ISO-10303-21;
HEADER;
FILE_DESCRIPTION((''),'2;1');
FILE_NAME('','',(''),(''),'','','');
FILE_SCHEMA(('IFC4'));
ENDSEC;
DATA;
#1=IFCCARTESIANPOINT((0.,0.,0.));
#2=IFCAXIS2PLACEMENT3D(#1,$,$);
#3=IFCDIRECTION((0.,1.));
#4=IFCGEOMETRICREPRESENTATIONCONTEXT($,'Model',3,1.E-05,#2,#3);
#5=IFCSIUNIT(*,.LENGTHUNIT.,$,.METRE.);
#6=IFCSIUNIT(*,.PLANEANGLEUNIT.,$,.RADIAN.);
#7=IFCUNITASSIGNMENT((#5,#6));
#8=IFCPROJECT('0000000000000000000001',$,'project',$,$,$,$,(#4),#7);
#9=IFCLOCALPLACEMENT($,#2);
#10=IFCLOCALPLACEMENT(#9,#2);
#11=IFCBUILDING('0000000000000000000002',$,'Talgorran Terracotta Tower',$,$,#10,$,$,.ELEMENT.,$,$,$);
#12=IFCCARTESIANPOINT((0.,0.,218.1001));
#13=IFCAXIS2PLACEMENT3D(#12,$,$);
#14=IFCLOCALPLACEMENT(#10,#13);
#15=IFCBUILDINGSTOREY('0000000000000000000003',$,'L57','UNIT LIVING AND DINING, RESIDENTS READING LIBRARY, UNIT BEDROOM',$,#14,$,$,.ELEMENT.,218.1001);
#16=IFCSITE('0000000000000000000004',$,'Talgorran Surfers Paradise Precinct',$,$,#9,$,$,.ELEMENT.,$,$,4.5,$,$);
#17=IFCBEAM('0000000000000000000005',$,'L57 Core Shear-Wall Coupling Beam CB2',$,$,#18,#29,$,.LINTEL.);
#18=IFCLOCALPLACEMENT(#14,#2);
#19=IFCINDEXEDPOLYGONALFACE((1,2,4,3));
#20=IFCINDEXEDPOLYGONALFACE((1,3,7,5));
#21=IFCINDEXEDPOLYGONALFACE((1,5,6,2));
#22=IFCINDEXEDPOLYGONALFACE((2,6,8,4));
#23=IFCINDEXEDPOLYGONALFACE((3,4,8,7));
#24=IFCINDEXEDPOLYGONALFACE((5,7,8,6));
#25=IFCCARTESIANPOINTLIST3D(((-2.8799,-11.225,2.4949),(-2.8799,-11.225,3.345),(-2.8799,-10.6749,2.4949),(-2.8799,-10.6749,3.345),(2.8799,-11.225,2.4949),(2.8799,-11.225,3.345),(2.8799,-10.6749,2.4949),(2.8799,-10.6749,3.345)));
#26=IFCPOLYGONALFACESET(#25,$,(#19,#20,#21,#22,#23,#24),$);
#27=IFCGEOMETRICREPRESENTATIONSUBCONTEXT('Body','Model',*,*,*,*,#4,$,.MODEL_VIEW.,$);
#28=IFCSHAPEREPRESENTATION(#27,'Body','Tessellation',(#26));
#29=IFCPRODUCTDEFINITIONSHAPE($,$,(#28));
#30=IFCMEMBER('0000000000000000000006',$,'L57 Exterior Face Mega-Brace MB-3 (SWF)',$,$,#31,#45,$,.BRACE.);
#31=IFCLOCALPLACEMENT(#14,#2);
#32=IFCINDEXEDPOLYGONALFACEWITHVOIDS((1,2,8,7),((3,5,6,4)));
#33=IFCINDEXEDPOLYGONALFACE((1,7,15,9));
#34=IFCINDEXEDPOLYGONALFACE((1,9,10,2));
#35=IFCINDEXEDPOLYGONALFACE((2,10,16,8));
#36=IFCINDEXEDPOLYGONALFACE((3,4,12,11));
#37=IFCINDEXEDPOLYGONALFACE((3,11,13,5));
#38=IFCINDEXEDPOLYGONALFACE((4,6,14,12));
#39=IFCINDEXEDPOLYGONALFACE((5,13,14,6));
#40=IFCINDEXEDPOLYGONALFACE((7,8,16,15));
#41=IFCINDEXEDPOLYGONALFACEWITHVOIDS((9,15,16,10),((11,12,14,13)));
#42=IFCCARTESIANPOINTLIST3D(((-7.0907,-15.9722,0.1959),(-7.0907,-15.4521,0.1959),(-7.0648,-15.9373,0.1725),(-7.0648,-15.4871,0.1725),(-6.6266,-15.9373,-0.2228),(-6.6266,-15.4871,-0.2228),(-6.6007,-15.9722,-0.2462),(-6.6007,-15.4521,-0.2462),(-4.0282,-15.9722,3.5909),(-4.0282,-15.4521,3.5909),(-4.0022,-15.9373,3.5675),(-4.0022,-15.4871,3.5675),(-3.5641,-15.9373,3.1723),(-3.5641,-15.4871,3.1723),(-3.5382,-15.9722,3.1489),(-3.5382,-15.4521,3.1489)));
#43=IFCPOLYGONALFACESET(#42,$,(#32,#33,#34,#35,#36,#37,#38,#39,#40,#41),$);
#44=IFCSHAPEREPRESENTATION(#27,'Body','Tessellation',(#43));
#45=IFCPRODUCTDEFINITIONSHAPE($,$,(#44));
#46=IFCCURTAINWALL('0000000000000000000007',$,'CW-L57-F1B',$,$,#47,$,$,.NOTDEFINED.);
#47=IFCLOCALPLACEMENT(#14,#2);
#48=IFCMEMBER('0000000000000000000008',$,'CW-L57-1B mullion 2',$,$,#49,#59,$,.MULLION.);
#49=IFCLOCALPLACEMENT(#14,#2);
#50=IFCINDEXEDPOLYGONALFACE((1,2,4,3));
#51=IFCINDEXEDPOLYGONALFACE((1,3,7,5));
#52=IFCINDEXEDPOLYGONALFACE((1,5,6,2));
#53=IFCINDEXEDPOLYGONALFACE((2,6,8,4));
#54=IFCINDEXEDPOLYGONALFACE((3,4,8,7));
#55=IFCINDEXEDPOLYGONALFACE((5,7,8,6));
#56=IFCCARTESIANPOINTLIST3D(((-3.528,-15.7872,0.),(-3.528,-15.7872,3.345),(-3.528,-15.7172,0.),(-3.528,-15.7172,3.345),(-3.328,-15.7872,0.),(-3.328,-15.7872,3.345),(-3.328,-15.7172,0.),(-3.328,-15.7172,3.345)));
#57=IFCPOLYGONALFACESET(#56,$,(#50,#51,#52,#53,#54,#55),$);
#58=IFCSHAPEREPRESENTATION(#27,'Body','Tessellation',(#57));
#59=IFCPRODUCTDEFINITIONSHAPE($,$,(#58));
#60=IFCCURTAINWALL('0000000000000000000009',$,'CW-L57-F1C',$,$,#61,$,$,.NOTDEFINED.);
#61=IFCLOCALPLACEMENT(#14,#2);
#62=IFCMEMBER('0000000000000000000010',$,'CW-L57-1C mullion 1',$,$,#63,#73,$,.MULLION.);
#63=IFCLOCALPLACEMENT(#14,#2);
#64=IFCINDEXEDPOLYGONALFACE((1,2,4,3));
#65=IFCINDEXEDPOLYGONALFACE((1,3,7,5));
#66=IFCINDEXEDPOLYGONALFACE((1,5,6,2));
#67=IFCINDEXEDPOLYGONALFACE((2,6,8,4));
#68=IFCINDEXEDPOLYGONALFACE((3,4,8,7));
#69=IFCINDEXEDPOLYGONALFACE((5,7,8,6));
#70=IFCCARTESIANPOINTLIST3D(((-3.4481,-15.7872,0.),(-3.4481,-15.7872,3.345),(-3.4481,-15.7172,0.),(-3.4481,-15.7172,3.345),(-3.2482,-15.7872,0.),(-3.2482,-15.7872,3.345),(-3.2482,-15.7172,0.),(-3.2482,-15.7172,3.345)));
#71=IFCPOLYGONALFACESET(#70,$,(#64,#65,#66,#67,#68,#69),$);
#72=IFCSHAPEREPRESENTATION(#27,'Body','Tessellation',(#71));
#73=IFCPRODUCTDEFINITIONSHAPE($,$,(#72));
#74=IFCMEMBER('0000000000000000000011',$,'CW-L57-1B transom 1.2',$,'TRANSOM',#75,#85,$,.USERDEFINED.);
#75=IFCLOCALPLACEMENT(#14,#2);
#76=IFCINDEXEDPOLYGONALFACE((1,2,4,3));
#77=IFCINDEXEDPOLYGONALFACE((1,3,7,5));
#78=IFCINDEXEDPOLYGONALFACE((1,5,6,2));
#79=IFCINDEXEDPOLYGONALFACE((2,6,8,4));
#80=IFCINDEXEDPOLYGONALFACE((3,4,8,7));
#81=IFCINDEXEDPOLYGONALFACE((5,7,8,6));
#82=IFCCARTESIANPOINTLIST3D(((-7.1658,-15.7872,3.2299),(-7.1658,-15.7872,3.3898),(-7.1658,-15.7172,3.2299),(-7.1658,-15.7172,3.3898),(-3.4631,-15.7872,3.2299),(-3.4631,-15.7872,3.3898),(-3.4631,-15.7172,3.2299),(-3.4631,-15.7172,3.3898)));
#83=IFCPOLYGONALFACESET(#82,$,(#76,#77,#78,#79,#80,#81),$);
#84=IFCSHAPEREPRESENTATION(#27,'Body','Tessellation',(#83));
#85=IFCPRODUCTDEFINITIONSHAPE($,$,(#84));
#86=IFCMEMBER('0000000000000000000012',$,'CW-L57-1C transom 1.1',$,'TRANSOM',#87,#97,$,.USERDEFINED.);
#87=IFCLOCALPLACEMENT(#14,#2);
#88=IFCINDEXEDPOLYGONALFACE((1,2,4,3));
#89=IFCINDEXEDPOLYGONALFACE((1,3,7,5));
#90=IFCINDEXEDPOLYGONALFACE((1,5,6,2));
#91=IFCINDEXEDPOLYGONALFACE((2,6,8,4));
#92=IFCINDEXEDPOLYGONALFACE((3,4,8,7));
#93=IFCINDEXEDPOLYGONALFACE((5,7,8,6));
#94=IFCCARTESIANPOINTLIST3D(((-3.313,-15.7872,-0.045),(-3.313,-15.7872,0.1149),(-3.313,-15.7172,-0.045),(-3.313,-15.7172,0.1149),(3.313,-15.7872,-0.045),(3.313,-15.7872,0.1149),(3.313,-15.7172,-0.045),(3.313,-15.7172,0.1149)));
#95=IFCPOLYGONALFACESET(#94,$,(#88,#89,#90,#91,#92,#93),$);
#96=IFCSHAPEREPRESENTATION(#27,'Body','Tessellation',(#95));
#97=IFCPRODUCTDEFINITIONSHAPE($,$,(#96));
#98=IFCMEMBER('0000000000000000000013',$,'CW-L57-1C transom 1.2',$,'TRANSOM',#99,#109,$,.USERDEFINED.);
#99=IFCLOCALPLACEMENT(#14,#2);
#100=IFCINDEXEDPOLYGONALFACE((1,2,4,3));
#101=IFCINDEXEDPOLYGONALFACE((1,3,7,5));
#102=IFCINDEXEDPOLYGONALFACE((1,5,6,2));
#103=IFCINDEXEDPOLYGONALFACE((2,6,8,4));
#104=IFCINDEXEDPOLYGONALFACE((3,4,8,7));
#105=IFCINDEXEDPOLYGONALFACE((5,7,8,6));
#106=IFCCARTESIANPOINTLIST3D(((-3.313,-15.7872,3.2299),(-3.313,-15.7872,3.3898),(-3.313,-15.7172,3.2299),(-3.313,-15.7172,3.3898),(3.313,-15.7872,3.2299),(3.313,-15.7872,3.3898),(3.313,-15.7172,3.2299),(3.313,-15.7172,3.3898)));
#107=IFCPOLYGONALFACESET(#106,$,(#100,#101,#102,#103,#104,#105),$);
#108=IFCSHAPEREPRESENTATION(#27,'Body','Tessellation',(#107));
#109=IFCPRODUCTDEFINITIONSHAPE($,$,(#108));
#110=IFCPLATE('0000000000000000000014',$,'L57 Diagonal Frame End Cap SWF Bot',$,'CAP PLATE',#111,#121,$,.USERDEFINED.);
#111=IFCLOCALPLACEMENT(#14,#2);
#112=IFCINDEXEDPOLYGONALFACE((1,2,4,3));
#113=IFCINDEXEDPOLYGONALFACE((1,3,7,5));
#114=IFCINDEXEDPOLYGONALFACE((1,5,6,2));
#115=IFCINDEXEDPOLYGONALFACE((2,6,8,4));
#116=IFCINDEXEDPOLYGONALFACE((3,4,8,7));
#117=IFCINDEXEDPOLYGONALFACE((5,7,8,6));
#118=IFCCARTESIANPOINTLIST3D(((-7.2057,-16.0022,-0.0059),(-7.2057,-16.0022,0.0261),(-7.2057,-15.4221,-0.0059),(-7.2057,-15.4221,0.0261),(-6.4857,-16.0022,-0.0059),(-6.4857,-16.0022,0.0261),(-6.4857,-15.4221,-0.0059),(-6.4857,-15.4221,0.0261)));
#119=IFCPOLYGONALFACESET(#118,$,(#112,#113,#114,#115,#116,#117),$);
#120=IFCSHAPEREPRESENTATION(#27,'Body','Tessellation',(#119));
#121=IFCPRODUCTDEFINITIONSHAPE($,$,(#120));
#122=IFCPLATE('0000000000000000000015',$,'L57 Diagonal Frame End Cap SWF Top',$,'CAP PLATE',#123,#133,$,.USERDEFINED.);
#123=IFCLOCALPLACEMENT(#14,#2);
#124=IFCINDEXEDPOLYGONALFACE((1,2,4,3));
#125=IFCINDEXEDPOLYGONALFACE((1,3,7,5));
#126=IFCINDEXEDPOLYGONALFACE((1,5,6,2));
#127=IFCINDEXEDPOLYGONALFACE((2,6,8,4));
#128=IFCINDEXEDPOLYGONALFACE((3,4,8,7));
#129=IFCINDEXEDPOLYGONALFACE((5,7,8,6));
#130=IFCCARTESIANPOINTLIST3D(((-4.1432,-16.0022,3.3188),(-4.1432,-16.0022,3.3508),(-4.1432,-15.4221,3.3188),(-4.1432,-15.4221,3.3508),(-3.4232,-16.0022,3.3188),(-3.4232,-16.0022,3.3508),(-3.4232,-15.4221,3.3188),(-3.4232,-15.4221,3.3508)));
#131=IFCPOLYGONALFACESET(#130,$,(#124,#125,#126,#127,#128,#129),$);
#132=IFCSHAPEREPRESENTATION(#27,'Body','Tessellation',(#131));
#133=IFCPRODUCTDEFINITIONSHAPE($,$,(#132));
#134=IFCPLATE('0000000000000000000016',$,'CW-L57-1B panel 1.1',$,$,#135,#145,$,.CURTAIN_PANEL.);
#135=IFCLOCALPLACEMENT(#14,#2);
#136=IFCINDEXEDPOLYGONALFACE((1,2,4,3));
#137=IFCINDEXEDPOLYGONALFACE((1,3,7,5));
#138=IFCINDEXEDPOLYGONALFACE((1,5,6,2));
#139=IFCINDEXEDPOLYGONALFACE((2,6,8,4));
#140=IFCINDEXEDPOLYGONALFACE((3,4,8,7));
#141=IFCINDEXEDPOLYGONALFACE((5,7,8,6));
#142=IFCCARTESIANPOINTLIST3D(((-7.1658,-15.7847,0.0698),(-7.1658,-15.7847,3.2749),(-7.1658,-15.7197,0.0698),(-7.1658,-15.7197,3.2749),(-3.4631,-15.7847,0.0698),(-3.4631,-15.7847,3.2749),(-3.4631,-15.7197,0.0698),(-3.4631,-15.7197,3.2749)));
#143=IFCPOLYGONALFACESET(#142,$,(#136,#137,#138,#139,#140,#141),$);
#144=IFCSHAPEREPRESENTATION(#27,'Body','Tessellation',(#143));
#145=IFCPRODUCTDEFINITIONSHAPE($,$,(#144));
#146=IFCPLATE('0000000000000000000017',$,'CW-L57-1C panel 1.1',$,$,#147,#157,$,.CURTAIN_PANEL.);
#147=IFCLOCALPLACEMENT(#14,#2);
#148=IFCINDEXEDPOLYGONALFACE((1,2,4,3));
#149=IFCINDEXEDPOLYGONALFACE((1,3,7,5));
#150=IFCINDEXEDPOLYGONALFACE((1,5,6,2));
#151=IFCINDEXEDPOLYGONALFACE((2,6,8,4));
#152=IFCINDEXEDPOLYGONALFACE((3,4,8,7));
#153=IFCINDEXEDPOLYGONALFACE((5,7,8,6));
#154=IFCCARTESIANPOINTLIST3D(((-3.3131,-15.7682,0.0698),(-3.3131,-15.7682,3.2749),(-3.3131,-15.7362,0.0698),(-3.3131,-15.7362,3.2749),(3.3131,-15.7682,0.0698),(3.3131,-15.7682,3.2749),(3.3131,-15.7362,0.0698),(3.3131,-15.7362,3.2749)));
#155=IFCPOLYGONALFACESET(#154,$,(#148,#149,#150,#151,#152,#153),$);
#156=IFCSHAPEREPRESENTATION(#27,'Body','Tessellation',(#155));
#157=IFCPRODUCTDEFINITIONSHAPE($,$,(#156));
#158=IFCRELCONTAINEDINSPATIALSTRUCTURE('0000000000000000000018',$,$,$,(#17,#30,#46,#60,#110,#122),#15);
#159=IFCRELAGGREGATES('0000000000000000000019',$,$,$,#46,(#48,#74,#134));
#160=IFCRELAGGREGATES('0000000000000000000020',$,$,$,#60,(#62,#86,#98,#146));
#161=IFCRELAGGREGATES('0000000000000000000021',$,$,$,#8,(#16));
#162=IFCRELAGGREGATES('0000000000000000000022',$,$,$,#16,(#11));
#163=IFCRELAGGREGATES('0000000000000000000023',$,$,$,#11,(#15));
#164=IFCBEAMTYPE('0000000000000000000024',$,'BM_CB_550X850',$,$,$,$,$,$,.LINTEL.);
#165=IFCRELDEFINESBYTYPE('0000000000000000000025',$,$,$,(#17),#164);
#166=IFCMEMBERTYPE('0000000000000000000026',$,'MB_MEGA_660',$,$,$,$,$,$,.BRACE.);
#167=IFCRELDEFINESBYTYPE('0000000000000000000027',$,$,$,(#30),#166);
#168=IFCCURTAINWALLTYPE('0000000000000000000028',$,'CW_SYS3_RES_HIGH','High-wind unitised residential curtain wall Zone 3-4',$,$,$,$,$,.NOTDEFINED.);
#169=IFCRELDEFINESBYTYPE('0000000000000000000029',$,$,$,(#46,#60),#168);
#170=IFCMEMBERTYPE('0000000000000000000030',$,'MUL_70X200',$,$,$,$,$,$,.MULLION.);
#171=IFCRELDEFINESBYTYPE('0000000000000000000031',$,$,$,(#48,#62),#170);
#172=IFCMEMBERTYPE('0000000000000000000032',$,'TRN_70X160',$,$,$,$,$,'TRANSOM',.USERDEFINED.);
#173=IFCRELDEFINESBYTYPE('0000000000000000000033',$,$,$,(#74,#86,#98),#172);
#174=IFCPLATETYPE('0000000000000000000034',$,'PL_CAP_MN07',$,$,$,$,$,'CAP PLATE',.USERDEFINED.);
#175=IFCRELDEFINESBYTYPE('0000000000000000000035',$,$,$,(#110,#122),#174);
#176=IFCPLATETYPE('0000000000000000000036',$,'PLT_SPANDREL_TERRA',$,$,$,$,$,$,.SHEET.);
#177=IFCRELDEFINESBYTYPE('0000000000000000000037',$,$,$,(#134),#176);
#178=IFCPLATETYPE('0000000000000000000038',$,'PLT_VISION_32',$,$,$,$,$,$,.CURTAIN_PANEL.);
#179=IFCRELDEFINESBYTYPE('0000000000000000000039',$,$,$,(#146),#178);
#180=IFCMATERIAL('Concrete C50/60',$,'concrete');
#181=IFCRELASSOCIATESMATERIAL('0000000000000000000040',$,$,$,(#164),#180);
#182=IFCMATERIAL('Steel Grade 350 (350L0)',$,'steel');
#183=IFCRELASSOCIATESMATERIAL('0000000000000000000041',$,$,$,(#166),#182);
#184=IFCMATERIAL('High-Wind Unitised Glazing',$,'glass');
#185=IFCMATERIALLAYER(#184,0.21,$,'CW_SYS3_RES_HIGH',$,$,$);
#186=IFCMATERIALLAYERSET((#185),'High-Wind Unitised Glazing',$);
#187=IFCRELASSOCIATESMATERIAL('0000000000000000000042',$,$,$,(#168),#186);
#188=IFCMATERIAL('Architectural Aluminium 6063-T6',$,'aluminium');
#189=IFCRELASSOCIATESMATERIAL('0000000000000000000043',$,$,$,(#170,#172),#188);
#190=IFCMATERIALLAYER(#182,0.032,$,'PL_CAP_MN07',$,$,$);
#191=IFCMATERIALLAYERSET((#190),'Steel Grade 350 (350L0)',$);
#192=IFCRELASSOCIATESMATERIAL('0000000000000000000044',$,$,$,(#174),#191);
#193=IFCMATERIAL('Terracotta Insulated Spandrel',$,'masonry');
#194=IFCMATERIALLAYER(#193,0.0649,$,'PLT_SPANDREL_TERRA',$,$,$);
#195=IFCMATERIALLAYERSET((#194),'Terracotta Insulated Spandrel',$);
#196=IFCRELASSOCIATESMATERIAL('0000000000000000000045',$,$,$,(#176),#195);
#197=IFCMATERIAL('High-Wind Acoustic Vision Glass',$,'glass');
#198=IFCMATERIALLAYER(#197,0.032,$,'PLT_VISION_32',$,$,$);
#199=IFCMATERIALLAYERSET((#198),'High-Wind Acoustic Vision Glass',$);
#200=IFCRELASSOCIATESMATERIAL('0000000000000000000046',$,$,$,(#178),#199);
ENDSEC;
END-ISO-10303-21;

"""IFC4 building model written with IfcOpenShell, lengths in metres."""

from ifc_helpers import new_model, si_unit, direction, frame, origin, origin_2d, place, context, subcontext, project, spatial, rectangle, hollow_rectangle, extrude, source, transform, mapped, material, layer, layer_set, material_profile, profile_set, type_object, type_shapes, element, aggregate, save


model = new_model("IFC4")

# Units and contexts
model_context = context("Model", 3, precision=1e-05, world=origin(), true_north=direction((0.0, 1.0)))
body_context = subcontext(model_context, "Body", "Model", "MODEL_VIEW")
ifc_project = project(units=[si_unit("LENGTHUNIT", "METRE"), si_unit("PLANEANGLEUNIT", "RADIAN")], contexts=[model_context])

# Site, building, storey
site_placement = place(None, origin())
site = spatial("IfcSite", under=ifc_project, at=site_placement, Name="Talgorran Surfers Paradise Precinct", CompositionType="ELEMENT", RefElevation=4.5)
building_placement = place(site_placement, origin())
building = spatial("IfcBuilding", under=site, at=building_placement, Name="Talgorran Terracotta Tower", CompositionType="ELEMENT")
storey_placement = place(building_placement, frame((0.0, 0.0, 218.1001)))
storey = spatial("IfcBuildingStorey", under=building, at=storey_placement, Name="L57", Description="UNIT LIVING AND DINING, RESIDENTS READING LIBRARY, UNIT BEDROOM", CompositionType="ELEMENT", Elevation=218.1001)

# Beam
ifc_material_1 = material(Name="Concrete C50/60", Category="concrete")
ifc_material_profile_1 = material_profile(ifc_material_1, rectangle(XDim=0.55, YDim=0.8501, at=origin_2d()), Name="RCCB550X850")
ifc_profile_set_1 = profile_set([ifc_material_profile_1], Name="Concrete C50/60")
beam_type = type_object("IfcBeamType", Name="BM_CB_550X850", PredefinedType="LINTEL", material=ifc_profile_set_1)
beam_placement = place(storey_placement, frame((-2.8799, -10.95, 2.9199), z_axis=(1.0, 0.0, 0.0), x_axis=(0.0, 1.0, 0.0)))
element("IfcBeam", 1, at=beam_placement, inside=storey, type_object=beam_type, Name="L57 Core Shear-Wall Coupling Beam CB2", PredefinedType="LINTEL", context=body_context, shape_type="SweptSolid", body=[
    extrude(rectangle(XDim=0.55, YDim=0.8501, at=origin_2d()), origin(), (0.0, 0.0, 1.0), 5.7598),
])

# Member
ifc_material_2 = material(Name="Steel Grade 350 (350L0)", Category="steel")
ifc_material_profile_2 = material_profile(ifc_material_2, hollow_rectangle(XDim=0.52, YDim=0.6599, WallThickness=0.0349, at=origin_2d()), Name="WBOX660X520X35")
ifc_profile_set_2 = profile_set([ifc_material_profile_2], Name="Steel Grade 350 (350L0)")
member_type_1 = type_object("IfcMemberType", Name="MB_MEGA_660", PredefinedType="BRACE", material=ifc_profile_set_2)
member_1_placement = place(storey_placement, frame((-6.8457, -15.7122, -0.0251), z_axis=(0.669808, 0.0, 0.742534), x_axis=(0.0, 1.0, 0.0)))
element("IfcMember", 2, at=member_1_placement, inside=storey, type_object=member_type_1, Name="L57 Exterior Face Mega-Brace MB-3 (SWF)", PredefinedType="BRACE", context=body_context, shape_type="SweptSolid", body=[
    extrude(hollow_rectangle(XDim=0.52, YDim=0.6599, WallThickness=0.0349, at=origin_2d()), origin(), (0.0, 0.0, 1.0), 4.5723),
])

# Curtain walls, members
ifc_material_3 = material(Name="High-Wind Unitised Glazing", Category="glass")
ifc_layer_1 = layer(ifc_material_3, 0.21, Name="CW_SYS3_RES_HIGH")
ifc_layer_set_1 = layer_set([ifc_layer_1], Name="High-Wind Unitised Glazing")
curtain_wall_type = type_object("IfcCurtainWallType", Name="CW_SYS3_RES_HIGH", Description="High-wind unitised residential curtain wall Zone 3-4", PredefinedType="NOTDEFINED", material=ifc_layer_set_1)
curtain_wall_1_placement = place(storey_placement, origin())
curtain_wall_1 = element("IfcCurtainWall", 3, at=curtain_wall_1_placement, inside=storey, type_object=curtain_wall_type, Name="CW-L57-F1B", PredefinedType="NOTDEFINED")
ifc_material_4 = material(Name="Architectural Aluminium 6063-T6", Category="aluminium")
ifc_material_profile_3 = material_profile(ifc_material_4, rectangle(XDim=0.0701, YDim=0.2, at=origin_2d()), Name="CWM70X200")
ifc_profile_set_3 = profile_set([ifc_material_profile_3], Name="Architectural Aluminium 6063-T6")
member_type_2 = type_object("IfcMemberType", Name="MUL_70X200", PredefinedType="MULLION", material=ifc_profile_set_3)
member_2_placement = place(storey_placement, frame((-3.428, -15.7522, 0.0), z_axis=(0.0, 0.0, 1.0), x_axis=(0.0, 1.0, 0.0)))
member_2 = element("IfcMember", 4, at=member_2_placement, type_object=member_type_2, Name="CW-L57-1B mullion 2", PredefinedType="MULLION", context=body_context, shape_type="SweptSolid", body=[
    extrude(rectangle(XDim=0.0701, YDim=0.2, at=origin_2d()), origin(), (0.0, 0.0, 1.0), 3.345),
])
curtain_wall_2_placement = place(storey_placement, origin())
curtain_wall_2 = element("IfcCurtainWall", 5, at=curtain_wall_2_placement, inside=storey, type_object=curtain_wall_type, Name="CW-L57-F1C", PredefinedType="NOTDEFINED")
member_3_placement = place(storey_placement, frame((-3.3481, -15.7522, 0.0), z_axis=(0.0, 0.0, 1.0), x_axis=(0.0, 1.0, 0.0)))
member_3 = element("IfcMember", 6, at=member_3_placement, type_object=member_type_2, Name="CW-L57-1C mullion 1", PredefinedType="MULLION", context=body_context, shape_type="SweptSolid", body=[
    extrude(rectangle(XDim=0.0701, YDim=0.2, at=origin_2d()), origin(), (0.0, 0.0, 1.0), 3.345),
])

# Members
ifc_material_profile_4 = material_profile(ifc_material_4, rectangle(XDim=0.0701, YDim=0.1599, at=origin_2d()), Name="CWT70X160")
ifc_profile_set_4 = profile_set([ifc_material_profile_4], Name="Architectural Aluminium 6063-T6")
member_type_3 = type_object("IfcMemberType", Name="TRN_70X160", ElementType="TRANSOM", PredefinedType="USERDEFINED", material=ifc_profile_set_4)
member_4_placement = place(storey_placement, frame((-7.1658, -15.7522, 3.3098), z_axis=(1.0, 0.0, 0.0), x_axis=(0.0, 1.0, 0.0)))
member_4 = element("IfcMember", 7, at=member_4_placement, type_object=member_type_3, Name="CW-L57-1B transom 1.2", ObjectType="TRANSOM", PredefinedType="USERDEFINED", context=body_context, shape_type="SweptSolid", body=[
    extrude(rectangle(XDim=0.0701, YDim=0.1599, at=origin_2d()), origin(), (0.0, 0.0, 1.0), 3.7026),
])
member_5_placement = place(storey_placement, frame((-3.313, -15.7522, 0.0349), z_axis=(1.0, 0.0, 0.0), x_axis=(0.0, 1.0, 0.0)))
member_5 = element("IfcMember", 8, at=member_5_placement, type_object=member_type_3, Name="CW-L57-1C transom 1.1", ObjectType="TRANSOM", PredefinedType="USERDEFINED", context=body_context, shape_type="SweptSolid", body=[
    extrude(rectangle(XDim=0.0701, YDim=0.1599, at=origin_2d()), origin(), (0.0, 0.0, 1.0), 6.626),
])
member_6_placement = place(storey_placement, frame((-3.313, -15.7522, 3.3098), z_axis=(1.0, 0.0, 0.0), x_axis=(0.0, 1.0, 0.0)))
member_6 = element("IfcMember", 9, at=member_6_placement, type_object=member_type_3, Name="CW-L57-1C transom 1.2", ObjectType="TRANSOM", PredefinedType="USERDEFINED", context=body_context, shape_type="SweptSolid", body=[
    extrude(rectangle(XDim=0.0701, YDim=0.1599, at=origin_2d()), origin(), (0.0, 0.0, 1.0), 6.626),
])

# Plates
ifc_layer_2 = layer(ifc_material_2, 0.032, Name="PL_CAP_MN07")
ifc_layer_set_2 = layer_set([ifc_layer_2], Name="Steel Grade 350 (350L0)")
plate_type_1 = type_object("IfcPlateType", Name="PL_CAP_MN07", ElementType="CAP PLATE", PredefinedType="USERDEFINED", material=ifc_layer_set_2)
for number, where, z_axis, x_axis, name in (
    (10, (-6.8457, -15.7122, -0.0059), (0.0, 0.0, 1.0), (1.0, 0.0, 0.0), "L57 Diagonal Frame End Cap SWF Bot"),
    (11, (-3.7832, -15.7122, 3.3188), (0.0, 0.0, 1.0), (1.0, 0.0, 0.0), "L57 Diagonal Frame End Cap SWF Top"),
):
    element("IfcPlate", number, at=place(storey_placement, frame(where, z_axis=z_axis, x_axis=x_axis)), inside=storey, type_object=plate_type_1, Name=name, ObjectType="CAP PLATE", PredefinedType="USERDEFINED", context=body_context, shape_type="SweptSolid", body=[
        extrude(rectangle(XDim=0.72, YDim=0.5801, at=origin_2d()), origin(), (0.0, 0.0, 1.0), 0.032),
    ])

# Plates
ifc_material_5 = material(Name="Terracotta Insulated Spandrel", Category="masonry")
ifc_layer_3 = layer(ifc_material_5, 0.0649, Name="PLT_SPANDREL_TERRA")
ifc_layer_set_3 = layer_set([ifc_layer_3], Name="Terracotta Insulated Spandrel")
plate_type_2 = type_object("IfcPlateType", Name="PLT_SPANDREL_TERRA", PredefinedType="SHEET", material=ifc_layer_set_3)
shared_shape_1 = source(origin(), body_context, "Body", "SweptSolid", [
    extrude(rectangle(XDim=3.7026, YDim=0.0649, at=origin_2d()), origin(), (0.0, 0.0, 1.0), 3.2051),
])
type_shapes(plate_type_2, [shared_shape_1])
plate_1_placement = place(storey_placement, frame((-5.3145, -15.7522, 0.0698), z_axis=(0.0, 0.0, 1.0), x_axis=(1.0, 0.0, 0.0)))
plate_1 = element("IfcPlate", 12, at=plate_1_placement, type_object=plate_type_2, Name="CW-L57-1B panel 1.1", PredefinedType="CURTAIN_PANEL", context=body_context, shape_type="MappedRepresentation", body=[
    mapped(shared_shape_1, transform((0.0, 0.0, 0.0), scale=1.0)),
])
aggregate(curtain_wall_1, [member_2, member_4, plate_1])
ifc_material_6 = material(Name="High-Wind Acoustic Vision Glass", Category="glass")
ifc_layer_4 = layer(ifc_material_6, 0.032, Name="PLT_VISION_32")
ifc_layer_set_4 = layer_set([ifc_layer_4], Name="High-Wind Acoustic Vision Glass")
plate_type_3 = type_object("IfcPlateType", Name="PLT_VISION_32", PredefinedType="CURTAIN_PANEL", material=ifc_layer_set_4)
shared_shape_2 = source(origin(), body_context, "Body", "SweptSolid", [
    extrude(rectangle(XDim=6.6262, YDim=0.032, at=origin_2d()), origin(), (0.0, 0.0, 1.0), 3.2051),
])
type_shapes(plate_type_3, [shared_shape_2])
plate_2_placement = place(storey_placement, frame((0.0, -15.7522, 0.0698), z_axis=(0.0, 0.0, 1.0), x_axis=(1.0, 0.0, 0.0)))
plate_2 = element("IfcPlate", 13, at=plate_2_placement, type_object=plate_type_3, Name="CW-L57-1C panel 1.1", PredefinedType="CURTAIN_PANEL", context=body_context, shape_type="MappedRepresentation", body=[
    mapped(shared_shape_2, transform((0.0, 0.0, 0.0), scale=1.0)),
])
aggregate(curtain_wall_2, [member_3, member_5, member_6, plate_2])

save(model, "model.ifc")
